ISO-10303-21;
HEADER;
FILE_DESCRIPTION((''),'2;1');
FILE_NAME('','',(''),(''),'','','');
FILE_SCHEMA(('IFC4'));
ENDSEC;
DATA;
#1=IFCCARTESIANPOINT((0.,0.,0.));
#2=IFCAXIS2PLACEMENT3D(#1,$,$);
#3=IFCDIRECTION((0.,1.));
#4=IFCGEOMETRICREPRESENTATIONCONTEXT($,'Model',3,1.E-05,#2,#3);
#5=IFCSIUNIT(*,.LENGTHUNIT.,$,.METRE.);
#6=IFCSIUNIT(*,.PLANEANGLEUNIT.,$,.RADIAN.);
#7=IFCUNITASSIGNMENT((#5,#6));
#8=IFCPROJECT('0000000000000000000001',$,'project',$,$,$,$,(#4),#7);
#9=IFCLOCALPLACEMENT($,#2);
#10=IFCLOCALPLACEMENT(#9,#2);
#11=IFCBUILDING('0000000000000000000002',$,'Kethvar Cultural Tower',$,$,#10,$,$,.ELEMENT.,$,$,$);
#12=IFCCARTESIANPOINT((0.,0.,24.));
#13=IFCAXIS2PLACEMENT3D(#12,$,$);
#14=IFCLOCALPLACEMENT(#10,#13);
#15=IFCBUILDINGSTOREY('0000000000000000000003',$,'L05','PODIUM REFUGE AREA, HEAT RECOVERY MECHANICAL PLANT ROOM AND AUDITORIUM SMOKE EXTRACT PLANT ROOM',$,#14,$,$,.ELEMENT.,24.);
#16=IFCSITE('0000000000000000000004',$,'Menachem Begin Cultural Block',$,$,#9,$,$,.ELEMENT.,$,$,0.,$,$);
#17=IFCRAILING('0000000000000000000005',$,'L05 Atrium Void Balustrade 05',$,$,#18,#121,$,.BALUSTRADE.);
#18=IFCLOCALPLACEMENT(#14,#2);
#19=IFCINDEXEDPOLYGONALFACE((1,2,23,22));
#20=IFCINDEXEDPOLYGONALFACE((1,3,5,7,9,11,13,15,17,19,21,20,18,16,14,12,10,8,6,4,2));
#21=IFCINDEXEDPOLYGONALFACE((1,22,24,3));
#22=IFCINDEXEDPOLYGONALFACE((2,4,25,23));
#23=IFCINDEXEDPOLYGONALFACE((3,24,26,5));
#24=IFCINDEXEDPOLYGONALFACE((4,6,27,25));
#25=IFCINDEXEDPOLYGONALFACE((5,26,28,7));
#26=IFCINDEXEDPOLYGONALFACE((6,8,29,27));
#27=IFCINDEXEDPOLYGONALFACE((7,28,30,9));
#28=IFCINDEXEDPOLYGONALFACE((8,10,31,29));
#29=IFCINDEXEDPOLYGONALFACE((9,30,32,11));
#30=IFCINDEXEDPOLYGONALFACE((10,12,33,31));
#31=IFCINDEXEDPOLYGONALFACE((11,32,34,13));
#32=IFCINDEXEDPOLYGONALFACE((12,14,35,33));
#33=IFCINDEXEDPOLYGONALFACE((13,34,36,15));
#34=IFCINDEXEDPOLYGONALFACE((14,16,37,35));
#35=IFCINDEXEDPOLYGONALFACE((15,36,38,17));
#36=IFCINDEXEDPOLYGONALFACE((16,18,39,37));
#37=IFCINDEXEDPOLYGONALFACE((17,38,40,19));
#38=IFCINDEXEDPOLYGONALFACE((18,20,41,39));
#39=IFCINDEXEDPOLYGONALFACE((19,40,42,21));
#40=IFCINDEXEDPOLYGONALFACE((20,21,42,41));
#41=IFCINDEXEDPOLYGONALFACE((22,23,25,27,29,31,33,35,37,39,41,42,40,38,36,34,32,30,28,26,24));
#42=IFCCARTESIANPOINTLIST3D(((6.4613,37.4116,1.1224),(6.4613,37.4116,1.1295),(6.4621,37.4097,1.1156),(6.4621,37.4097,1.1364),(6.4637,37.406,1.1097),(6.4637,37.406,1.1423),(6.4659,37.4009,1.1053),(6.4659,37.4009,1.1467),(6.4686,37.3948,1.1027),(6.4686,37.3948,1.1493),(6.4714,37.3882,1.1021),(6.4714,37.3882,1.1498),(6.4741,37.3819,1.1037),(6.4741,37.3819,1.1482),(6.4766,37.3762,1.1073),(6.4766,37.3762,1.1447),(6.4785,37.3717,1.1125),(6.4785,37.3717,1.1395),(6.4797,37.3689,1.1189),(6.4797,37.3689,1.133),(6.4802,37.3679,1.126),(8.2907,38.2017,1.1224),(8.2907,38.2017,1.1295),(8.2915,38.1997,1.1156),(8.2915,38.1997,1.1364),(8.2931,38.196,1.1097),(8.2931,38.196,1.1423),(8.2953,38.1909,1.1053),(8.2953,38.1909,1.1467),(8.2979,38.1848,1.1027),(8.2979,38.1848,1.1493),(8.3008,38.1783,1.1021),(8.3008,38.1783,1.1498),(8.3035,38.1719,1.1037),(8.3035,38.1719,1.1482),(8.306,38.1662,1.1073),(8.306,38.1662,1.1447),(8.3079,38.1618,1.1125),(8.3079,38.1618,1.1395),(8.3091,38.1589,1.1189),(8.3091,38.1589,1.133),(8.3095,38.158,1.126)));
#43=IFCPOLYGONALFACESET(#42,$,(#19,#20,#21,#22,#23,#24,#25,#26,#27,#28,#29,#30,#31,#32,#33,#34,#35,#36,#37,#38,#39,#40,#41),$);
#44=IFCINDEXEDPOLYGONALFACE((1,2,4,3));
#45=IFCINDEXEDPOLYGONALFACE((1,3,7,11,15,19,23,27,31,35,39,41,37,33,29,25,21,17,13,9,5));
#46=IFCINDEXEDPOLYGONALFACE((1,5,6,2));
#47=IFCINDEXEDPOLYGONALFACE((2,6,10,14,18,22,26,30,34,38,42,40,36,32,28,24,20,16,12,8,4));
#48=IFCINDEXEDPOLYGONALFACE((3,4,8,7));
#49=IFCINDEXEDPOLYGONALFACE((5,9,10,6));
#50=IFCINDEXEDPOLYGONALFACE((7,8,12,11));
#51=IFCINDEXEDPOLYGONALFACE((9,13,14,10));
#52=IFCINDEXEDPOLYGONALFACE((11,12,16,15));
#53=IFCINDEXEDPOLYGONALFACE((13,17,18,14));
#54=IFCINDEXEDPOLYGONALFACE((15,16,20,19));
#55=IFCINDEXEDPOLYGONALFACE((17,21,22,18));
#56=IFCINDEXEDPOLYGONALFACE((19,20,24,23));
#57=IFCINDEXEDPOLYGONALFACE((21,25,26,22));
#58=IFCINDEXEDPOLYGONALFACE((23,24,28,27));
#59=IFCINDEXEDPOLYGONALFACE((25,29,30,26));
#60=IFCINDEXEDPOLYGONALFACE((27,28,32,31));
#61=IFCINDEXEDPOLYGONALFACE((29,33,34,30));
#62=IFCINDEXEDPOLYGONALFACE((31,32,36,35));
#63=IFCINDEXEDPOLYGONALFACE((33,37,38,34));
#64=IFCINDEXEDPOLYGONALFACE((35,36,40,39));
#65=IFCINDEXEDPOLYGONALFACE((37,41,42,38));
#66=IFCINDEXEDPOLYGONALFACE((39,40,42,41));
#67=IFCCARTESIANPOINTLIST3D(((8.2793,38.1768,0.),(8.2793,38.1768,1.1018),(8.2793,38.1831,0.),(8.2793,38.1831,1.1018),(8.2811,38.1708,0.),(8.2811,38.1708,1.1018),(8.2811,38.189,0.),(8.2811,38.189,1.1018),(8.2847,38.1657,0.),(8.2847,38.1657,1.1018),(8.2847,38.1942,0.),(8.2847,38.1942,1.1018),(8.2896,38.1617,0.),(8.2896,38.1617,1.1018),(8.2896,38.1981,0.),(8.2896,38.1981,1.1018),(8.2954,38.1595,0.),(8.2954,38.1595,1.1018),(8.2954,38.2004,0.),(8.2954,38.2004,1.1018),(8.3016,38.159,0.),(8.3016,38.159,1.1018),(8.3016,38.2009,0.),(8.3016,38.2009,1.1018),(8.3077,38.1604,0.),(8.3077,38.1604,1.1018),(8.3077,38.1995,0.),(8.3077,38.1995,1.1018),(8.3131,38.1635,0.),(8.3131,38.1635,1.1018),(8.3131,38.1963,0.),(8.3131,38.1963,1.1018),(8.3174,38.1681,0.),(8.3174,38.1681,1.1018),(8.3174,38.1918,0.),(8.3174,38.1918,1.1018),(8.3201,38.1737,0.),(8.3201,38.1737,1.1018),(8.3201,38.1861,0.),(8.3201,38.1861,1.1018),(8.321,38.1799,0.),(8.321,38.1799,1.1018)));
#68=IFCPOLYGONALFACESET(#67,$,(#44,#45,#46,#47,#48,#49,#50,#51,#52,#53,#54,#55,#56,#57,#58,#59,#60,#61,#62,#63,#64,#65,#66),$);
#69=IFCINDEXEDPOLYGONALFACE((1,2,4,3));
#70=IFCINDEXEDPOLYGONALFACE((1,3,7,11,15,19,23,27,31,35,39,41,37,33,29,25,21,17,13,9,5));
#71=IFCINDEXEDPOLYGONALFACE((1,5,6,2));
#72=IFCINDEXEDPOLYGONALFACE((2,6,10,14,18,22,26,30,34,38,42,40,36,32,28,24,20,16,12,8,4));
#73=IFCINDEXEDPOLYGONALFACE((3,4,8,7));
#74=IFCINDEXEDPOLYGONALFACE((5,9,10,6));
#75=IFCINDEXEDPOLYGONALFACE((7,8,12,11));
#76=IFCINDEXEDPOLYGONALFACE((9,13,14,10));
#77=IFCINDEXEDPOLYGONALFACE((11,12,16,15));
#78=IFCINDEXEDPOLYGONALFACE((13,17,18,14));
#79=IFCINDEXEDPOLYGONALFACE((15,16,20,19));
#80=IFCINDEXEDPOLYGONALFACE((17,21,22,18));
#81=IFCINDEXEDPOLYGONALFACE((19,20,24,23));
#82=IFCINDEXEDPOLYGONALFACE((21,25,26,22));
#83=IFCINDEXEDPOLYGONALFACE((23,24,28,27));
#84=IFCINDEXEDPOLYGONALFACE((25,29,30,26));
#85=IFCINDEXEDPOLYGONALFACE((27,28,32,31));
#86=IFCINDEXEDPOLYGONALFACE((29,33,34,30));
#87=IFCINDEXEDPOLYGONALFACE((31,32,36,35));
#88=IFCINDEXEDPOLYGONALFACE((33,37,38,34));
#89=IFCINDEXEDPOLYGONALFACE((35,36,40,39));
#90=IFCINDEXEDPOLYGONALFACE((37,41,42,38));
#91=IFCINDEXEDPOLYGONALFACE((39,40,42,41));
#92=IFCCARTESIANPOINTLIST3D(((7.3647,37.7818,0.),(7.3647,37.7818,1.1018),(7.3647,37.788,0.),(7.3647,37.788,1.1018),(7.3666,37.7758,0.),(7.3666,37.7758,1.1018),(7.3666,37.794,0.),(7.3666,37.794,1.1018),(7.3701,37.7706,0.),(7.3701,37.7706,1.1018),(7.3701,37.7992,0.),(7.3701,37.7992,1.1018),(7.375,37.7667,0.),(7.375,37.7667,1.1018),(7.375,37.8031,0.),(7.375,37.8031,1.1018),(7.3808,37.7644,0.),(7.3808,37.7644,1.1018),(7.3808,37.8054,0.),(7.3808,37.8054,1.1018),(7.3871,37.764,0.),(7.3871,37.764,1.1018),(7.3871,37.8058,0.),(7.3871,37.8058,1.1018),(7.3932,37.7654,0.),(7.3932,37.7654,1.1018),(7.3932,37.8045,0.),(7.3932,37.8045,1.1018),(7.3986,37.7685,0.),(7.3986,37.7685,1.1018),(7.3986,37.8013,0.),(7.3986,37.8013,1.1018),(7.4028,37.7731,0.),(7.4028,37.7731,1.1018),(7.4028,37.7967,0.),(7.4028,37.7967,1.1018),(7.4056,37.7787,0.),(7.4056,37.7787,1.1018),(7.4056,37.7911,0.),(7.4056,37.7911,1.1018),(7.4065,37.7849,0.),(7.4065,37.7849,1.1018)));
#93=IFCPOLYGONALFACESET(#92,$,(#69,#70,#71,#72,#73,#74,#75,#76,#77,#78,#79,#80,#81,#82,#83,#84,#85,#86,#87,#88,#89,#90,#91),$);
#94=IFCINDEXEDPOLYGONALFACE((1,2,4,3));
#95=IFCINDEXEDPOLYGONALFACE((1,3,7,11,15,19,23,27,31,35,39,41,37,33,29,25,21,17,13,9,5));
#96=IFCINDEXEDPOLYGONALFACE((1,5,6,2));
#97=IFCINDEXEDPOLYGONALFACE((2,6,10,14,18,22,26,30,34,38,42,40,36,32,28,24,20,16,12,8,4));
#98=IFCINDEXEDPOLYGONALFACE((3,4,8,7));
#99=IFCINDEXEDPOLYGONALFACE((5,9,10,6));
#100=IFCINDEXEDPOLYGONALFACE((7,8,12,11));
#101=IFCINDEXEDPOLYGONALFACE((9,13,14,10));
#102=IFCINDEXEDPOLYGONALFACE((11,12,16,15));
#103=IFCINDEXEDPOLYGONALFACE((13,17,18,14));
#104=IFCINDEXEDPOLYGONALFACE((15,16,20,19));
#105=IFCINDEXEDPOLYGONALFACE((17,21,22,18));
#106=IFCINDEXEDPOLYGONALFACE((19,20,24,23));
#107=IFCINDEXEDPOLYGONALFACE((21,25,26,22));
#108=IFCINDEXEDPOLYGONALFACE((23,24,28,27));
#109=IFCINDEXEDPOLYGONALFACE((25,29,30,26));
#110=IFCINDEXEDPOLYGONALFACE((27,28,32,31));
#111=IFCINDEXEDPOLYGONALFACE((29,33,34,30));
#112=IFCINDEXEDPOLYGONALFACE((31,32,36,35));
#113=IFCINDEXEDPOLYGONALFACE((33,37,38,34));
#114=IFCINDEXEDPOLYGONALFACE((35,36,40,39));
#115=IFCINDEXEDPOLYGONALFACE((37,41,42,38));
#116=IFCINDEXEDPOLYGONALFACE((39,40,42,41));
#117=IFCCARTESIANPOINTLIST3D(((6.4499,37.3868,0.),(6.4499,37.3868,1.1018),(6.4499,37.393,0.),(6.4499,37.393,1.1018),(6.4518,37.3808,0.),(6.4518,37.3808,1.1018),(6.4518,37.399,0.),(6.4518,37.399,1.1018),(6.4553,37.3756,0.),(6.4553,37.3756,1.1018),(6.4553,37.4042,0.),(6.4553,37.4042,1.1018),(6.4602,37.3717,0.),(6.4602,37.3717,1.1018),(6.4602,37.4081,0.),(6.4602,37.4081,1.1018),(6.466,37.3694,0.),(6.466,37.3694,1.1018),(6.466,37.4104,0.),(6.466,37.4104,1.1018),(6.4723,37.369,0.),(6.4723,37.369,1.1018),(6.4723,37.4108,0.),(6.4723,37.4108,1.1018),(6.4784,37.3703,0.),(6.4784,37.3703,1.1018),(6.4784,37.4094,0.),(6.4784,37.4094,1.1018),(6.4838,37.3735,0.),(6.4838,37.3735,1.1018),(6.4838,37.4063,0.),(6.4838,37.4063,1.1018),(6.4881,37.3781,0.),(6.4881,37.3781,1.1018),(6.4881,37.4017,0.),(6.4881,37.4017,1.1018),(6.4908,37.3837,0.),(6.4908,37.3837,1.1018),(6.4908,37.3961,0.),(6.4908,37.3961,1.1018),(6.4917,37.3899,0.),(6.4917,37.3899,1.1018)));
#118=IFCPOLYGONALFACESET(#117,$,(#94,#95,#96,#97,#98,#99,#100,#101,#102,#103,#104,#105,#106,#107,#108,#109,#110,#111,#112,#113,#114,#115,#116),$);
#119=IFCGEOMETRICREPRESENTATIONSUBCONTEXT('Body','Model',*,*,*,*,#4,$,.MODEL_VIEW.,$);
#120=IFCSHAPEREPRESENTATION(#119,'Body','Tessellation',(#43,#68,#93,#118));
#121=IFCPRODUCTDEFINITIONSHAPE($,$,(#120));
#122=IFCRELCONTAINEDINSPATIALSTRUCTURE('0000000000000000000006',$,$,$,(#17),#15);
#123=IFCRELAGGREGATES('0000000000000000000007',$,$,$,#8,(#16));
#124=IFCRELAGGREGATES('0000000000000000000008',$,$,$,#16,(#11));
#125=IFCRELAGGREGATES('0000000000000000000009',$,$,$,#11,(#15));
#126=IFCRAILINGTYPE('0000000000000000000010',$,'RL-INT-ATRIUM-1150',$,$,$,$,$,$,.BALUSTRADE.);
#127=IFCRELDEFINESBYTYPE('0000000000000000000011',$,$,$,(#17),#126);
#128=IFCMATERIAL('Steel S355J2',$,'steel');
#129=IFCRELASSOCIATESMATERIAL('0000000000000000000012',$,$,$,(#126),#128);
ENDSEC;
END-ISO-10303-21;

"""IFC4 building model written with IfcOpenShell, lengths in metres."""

from ifc_helpers import new_model, si_unit, direction, frame, origin, origin_2d, place, context, subcontext, project, spatial, circle, extrude, material, type_object, element, save


model = new_model("IFC4")

# Units and contexts
model_context = context("Model", 3, precision=1e-05, world=origin(), true_north=direction((0.0, 1.0)))
body_context = subcontext(model_context, "Body", "Model", "MODEL_VIEW")
ifc_project = project(units=[si_unit("LENGTHUNIT", "METRE"), si_unit("PLANEANGLEUNIT", "RADIAN")], contexts=[model_context])

# Site, building, storey
site_placement = place(None, origin())
site = spatial("IfcSite", under=ifc_project, at=site_placement, Name="Menachem Begin Cultural Block", CompositionType="ELEMENT", RefElevation=0.0)
building_placement = place(site_placement, origin())
building = spatial("IfcBuilding", under=site, at=building_placement, Name="Kethvar Cultural Tower", CompositionType="ELEMENT")
storey_placement = place(building_placement, frame((0.0, 0.0, 24.0)))
storey = spatial("IfcBuildingStorey", under=building, at=storey_placement, Name="L05", Description="PODIUM REFUGE AREA, HEAT RECOVERY MECHANICAL PLANT ROOM AND AUDITORIUM SMOKE EXTRACT PLANT ROOM", CompositionType="ELEMENT", Elevation=24.0)

# Shared definitions
ifc_material_1 = material(Name="Steel S355J2", Category="steel")

# Railing
railing_type = type_object("IfcRailingType", Name="RL-INT-ATRIUM-1150", PredefinedType="BALUSTRADE", material=ifc_material_1)
railing_1_placement = place(storey_placement, frame((8.3, 38.1799, 0.0)))
element("IfcRailing", 1, at=railing_1_placement, inside=storey, type_object=railing_type, Name="L05 Atrium Void Balustrade 05", PredefinedType="BALUSTRADE", context=body_context, shape_type="SweptSolid", body=[
    extrude(circle(Radius=0.0239, at=origin_2d()), frame((0.0, 0.0, 1.126), z_axis=(-0.918045, -0.396476, 0.0), x_axis=(0.396476, -0.918045, 0.0)), (0.0, 0.0, 1.0), 1.9927),
    extrude(circle(Radius=0.021, at=origin_2d()), origin(), (0.0, 0.0, 1.0), 1.1018),
    extrude(circle(Radius=0.021, at=origin_2d()), frame((-0.9146, -0.395, 0.0)), (0.0, 0.0, 1.0), 1.1018),
    extrude(circle(Radius=0.021, at=origin_2d()), frame((-1.8293, -0.79, 0.0)), (0.0, 0.0, 1.0), 1.1018),
])

save(model, "model.ifc")
